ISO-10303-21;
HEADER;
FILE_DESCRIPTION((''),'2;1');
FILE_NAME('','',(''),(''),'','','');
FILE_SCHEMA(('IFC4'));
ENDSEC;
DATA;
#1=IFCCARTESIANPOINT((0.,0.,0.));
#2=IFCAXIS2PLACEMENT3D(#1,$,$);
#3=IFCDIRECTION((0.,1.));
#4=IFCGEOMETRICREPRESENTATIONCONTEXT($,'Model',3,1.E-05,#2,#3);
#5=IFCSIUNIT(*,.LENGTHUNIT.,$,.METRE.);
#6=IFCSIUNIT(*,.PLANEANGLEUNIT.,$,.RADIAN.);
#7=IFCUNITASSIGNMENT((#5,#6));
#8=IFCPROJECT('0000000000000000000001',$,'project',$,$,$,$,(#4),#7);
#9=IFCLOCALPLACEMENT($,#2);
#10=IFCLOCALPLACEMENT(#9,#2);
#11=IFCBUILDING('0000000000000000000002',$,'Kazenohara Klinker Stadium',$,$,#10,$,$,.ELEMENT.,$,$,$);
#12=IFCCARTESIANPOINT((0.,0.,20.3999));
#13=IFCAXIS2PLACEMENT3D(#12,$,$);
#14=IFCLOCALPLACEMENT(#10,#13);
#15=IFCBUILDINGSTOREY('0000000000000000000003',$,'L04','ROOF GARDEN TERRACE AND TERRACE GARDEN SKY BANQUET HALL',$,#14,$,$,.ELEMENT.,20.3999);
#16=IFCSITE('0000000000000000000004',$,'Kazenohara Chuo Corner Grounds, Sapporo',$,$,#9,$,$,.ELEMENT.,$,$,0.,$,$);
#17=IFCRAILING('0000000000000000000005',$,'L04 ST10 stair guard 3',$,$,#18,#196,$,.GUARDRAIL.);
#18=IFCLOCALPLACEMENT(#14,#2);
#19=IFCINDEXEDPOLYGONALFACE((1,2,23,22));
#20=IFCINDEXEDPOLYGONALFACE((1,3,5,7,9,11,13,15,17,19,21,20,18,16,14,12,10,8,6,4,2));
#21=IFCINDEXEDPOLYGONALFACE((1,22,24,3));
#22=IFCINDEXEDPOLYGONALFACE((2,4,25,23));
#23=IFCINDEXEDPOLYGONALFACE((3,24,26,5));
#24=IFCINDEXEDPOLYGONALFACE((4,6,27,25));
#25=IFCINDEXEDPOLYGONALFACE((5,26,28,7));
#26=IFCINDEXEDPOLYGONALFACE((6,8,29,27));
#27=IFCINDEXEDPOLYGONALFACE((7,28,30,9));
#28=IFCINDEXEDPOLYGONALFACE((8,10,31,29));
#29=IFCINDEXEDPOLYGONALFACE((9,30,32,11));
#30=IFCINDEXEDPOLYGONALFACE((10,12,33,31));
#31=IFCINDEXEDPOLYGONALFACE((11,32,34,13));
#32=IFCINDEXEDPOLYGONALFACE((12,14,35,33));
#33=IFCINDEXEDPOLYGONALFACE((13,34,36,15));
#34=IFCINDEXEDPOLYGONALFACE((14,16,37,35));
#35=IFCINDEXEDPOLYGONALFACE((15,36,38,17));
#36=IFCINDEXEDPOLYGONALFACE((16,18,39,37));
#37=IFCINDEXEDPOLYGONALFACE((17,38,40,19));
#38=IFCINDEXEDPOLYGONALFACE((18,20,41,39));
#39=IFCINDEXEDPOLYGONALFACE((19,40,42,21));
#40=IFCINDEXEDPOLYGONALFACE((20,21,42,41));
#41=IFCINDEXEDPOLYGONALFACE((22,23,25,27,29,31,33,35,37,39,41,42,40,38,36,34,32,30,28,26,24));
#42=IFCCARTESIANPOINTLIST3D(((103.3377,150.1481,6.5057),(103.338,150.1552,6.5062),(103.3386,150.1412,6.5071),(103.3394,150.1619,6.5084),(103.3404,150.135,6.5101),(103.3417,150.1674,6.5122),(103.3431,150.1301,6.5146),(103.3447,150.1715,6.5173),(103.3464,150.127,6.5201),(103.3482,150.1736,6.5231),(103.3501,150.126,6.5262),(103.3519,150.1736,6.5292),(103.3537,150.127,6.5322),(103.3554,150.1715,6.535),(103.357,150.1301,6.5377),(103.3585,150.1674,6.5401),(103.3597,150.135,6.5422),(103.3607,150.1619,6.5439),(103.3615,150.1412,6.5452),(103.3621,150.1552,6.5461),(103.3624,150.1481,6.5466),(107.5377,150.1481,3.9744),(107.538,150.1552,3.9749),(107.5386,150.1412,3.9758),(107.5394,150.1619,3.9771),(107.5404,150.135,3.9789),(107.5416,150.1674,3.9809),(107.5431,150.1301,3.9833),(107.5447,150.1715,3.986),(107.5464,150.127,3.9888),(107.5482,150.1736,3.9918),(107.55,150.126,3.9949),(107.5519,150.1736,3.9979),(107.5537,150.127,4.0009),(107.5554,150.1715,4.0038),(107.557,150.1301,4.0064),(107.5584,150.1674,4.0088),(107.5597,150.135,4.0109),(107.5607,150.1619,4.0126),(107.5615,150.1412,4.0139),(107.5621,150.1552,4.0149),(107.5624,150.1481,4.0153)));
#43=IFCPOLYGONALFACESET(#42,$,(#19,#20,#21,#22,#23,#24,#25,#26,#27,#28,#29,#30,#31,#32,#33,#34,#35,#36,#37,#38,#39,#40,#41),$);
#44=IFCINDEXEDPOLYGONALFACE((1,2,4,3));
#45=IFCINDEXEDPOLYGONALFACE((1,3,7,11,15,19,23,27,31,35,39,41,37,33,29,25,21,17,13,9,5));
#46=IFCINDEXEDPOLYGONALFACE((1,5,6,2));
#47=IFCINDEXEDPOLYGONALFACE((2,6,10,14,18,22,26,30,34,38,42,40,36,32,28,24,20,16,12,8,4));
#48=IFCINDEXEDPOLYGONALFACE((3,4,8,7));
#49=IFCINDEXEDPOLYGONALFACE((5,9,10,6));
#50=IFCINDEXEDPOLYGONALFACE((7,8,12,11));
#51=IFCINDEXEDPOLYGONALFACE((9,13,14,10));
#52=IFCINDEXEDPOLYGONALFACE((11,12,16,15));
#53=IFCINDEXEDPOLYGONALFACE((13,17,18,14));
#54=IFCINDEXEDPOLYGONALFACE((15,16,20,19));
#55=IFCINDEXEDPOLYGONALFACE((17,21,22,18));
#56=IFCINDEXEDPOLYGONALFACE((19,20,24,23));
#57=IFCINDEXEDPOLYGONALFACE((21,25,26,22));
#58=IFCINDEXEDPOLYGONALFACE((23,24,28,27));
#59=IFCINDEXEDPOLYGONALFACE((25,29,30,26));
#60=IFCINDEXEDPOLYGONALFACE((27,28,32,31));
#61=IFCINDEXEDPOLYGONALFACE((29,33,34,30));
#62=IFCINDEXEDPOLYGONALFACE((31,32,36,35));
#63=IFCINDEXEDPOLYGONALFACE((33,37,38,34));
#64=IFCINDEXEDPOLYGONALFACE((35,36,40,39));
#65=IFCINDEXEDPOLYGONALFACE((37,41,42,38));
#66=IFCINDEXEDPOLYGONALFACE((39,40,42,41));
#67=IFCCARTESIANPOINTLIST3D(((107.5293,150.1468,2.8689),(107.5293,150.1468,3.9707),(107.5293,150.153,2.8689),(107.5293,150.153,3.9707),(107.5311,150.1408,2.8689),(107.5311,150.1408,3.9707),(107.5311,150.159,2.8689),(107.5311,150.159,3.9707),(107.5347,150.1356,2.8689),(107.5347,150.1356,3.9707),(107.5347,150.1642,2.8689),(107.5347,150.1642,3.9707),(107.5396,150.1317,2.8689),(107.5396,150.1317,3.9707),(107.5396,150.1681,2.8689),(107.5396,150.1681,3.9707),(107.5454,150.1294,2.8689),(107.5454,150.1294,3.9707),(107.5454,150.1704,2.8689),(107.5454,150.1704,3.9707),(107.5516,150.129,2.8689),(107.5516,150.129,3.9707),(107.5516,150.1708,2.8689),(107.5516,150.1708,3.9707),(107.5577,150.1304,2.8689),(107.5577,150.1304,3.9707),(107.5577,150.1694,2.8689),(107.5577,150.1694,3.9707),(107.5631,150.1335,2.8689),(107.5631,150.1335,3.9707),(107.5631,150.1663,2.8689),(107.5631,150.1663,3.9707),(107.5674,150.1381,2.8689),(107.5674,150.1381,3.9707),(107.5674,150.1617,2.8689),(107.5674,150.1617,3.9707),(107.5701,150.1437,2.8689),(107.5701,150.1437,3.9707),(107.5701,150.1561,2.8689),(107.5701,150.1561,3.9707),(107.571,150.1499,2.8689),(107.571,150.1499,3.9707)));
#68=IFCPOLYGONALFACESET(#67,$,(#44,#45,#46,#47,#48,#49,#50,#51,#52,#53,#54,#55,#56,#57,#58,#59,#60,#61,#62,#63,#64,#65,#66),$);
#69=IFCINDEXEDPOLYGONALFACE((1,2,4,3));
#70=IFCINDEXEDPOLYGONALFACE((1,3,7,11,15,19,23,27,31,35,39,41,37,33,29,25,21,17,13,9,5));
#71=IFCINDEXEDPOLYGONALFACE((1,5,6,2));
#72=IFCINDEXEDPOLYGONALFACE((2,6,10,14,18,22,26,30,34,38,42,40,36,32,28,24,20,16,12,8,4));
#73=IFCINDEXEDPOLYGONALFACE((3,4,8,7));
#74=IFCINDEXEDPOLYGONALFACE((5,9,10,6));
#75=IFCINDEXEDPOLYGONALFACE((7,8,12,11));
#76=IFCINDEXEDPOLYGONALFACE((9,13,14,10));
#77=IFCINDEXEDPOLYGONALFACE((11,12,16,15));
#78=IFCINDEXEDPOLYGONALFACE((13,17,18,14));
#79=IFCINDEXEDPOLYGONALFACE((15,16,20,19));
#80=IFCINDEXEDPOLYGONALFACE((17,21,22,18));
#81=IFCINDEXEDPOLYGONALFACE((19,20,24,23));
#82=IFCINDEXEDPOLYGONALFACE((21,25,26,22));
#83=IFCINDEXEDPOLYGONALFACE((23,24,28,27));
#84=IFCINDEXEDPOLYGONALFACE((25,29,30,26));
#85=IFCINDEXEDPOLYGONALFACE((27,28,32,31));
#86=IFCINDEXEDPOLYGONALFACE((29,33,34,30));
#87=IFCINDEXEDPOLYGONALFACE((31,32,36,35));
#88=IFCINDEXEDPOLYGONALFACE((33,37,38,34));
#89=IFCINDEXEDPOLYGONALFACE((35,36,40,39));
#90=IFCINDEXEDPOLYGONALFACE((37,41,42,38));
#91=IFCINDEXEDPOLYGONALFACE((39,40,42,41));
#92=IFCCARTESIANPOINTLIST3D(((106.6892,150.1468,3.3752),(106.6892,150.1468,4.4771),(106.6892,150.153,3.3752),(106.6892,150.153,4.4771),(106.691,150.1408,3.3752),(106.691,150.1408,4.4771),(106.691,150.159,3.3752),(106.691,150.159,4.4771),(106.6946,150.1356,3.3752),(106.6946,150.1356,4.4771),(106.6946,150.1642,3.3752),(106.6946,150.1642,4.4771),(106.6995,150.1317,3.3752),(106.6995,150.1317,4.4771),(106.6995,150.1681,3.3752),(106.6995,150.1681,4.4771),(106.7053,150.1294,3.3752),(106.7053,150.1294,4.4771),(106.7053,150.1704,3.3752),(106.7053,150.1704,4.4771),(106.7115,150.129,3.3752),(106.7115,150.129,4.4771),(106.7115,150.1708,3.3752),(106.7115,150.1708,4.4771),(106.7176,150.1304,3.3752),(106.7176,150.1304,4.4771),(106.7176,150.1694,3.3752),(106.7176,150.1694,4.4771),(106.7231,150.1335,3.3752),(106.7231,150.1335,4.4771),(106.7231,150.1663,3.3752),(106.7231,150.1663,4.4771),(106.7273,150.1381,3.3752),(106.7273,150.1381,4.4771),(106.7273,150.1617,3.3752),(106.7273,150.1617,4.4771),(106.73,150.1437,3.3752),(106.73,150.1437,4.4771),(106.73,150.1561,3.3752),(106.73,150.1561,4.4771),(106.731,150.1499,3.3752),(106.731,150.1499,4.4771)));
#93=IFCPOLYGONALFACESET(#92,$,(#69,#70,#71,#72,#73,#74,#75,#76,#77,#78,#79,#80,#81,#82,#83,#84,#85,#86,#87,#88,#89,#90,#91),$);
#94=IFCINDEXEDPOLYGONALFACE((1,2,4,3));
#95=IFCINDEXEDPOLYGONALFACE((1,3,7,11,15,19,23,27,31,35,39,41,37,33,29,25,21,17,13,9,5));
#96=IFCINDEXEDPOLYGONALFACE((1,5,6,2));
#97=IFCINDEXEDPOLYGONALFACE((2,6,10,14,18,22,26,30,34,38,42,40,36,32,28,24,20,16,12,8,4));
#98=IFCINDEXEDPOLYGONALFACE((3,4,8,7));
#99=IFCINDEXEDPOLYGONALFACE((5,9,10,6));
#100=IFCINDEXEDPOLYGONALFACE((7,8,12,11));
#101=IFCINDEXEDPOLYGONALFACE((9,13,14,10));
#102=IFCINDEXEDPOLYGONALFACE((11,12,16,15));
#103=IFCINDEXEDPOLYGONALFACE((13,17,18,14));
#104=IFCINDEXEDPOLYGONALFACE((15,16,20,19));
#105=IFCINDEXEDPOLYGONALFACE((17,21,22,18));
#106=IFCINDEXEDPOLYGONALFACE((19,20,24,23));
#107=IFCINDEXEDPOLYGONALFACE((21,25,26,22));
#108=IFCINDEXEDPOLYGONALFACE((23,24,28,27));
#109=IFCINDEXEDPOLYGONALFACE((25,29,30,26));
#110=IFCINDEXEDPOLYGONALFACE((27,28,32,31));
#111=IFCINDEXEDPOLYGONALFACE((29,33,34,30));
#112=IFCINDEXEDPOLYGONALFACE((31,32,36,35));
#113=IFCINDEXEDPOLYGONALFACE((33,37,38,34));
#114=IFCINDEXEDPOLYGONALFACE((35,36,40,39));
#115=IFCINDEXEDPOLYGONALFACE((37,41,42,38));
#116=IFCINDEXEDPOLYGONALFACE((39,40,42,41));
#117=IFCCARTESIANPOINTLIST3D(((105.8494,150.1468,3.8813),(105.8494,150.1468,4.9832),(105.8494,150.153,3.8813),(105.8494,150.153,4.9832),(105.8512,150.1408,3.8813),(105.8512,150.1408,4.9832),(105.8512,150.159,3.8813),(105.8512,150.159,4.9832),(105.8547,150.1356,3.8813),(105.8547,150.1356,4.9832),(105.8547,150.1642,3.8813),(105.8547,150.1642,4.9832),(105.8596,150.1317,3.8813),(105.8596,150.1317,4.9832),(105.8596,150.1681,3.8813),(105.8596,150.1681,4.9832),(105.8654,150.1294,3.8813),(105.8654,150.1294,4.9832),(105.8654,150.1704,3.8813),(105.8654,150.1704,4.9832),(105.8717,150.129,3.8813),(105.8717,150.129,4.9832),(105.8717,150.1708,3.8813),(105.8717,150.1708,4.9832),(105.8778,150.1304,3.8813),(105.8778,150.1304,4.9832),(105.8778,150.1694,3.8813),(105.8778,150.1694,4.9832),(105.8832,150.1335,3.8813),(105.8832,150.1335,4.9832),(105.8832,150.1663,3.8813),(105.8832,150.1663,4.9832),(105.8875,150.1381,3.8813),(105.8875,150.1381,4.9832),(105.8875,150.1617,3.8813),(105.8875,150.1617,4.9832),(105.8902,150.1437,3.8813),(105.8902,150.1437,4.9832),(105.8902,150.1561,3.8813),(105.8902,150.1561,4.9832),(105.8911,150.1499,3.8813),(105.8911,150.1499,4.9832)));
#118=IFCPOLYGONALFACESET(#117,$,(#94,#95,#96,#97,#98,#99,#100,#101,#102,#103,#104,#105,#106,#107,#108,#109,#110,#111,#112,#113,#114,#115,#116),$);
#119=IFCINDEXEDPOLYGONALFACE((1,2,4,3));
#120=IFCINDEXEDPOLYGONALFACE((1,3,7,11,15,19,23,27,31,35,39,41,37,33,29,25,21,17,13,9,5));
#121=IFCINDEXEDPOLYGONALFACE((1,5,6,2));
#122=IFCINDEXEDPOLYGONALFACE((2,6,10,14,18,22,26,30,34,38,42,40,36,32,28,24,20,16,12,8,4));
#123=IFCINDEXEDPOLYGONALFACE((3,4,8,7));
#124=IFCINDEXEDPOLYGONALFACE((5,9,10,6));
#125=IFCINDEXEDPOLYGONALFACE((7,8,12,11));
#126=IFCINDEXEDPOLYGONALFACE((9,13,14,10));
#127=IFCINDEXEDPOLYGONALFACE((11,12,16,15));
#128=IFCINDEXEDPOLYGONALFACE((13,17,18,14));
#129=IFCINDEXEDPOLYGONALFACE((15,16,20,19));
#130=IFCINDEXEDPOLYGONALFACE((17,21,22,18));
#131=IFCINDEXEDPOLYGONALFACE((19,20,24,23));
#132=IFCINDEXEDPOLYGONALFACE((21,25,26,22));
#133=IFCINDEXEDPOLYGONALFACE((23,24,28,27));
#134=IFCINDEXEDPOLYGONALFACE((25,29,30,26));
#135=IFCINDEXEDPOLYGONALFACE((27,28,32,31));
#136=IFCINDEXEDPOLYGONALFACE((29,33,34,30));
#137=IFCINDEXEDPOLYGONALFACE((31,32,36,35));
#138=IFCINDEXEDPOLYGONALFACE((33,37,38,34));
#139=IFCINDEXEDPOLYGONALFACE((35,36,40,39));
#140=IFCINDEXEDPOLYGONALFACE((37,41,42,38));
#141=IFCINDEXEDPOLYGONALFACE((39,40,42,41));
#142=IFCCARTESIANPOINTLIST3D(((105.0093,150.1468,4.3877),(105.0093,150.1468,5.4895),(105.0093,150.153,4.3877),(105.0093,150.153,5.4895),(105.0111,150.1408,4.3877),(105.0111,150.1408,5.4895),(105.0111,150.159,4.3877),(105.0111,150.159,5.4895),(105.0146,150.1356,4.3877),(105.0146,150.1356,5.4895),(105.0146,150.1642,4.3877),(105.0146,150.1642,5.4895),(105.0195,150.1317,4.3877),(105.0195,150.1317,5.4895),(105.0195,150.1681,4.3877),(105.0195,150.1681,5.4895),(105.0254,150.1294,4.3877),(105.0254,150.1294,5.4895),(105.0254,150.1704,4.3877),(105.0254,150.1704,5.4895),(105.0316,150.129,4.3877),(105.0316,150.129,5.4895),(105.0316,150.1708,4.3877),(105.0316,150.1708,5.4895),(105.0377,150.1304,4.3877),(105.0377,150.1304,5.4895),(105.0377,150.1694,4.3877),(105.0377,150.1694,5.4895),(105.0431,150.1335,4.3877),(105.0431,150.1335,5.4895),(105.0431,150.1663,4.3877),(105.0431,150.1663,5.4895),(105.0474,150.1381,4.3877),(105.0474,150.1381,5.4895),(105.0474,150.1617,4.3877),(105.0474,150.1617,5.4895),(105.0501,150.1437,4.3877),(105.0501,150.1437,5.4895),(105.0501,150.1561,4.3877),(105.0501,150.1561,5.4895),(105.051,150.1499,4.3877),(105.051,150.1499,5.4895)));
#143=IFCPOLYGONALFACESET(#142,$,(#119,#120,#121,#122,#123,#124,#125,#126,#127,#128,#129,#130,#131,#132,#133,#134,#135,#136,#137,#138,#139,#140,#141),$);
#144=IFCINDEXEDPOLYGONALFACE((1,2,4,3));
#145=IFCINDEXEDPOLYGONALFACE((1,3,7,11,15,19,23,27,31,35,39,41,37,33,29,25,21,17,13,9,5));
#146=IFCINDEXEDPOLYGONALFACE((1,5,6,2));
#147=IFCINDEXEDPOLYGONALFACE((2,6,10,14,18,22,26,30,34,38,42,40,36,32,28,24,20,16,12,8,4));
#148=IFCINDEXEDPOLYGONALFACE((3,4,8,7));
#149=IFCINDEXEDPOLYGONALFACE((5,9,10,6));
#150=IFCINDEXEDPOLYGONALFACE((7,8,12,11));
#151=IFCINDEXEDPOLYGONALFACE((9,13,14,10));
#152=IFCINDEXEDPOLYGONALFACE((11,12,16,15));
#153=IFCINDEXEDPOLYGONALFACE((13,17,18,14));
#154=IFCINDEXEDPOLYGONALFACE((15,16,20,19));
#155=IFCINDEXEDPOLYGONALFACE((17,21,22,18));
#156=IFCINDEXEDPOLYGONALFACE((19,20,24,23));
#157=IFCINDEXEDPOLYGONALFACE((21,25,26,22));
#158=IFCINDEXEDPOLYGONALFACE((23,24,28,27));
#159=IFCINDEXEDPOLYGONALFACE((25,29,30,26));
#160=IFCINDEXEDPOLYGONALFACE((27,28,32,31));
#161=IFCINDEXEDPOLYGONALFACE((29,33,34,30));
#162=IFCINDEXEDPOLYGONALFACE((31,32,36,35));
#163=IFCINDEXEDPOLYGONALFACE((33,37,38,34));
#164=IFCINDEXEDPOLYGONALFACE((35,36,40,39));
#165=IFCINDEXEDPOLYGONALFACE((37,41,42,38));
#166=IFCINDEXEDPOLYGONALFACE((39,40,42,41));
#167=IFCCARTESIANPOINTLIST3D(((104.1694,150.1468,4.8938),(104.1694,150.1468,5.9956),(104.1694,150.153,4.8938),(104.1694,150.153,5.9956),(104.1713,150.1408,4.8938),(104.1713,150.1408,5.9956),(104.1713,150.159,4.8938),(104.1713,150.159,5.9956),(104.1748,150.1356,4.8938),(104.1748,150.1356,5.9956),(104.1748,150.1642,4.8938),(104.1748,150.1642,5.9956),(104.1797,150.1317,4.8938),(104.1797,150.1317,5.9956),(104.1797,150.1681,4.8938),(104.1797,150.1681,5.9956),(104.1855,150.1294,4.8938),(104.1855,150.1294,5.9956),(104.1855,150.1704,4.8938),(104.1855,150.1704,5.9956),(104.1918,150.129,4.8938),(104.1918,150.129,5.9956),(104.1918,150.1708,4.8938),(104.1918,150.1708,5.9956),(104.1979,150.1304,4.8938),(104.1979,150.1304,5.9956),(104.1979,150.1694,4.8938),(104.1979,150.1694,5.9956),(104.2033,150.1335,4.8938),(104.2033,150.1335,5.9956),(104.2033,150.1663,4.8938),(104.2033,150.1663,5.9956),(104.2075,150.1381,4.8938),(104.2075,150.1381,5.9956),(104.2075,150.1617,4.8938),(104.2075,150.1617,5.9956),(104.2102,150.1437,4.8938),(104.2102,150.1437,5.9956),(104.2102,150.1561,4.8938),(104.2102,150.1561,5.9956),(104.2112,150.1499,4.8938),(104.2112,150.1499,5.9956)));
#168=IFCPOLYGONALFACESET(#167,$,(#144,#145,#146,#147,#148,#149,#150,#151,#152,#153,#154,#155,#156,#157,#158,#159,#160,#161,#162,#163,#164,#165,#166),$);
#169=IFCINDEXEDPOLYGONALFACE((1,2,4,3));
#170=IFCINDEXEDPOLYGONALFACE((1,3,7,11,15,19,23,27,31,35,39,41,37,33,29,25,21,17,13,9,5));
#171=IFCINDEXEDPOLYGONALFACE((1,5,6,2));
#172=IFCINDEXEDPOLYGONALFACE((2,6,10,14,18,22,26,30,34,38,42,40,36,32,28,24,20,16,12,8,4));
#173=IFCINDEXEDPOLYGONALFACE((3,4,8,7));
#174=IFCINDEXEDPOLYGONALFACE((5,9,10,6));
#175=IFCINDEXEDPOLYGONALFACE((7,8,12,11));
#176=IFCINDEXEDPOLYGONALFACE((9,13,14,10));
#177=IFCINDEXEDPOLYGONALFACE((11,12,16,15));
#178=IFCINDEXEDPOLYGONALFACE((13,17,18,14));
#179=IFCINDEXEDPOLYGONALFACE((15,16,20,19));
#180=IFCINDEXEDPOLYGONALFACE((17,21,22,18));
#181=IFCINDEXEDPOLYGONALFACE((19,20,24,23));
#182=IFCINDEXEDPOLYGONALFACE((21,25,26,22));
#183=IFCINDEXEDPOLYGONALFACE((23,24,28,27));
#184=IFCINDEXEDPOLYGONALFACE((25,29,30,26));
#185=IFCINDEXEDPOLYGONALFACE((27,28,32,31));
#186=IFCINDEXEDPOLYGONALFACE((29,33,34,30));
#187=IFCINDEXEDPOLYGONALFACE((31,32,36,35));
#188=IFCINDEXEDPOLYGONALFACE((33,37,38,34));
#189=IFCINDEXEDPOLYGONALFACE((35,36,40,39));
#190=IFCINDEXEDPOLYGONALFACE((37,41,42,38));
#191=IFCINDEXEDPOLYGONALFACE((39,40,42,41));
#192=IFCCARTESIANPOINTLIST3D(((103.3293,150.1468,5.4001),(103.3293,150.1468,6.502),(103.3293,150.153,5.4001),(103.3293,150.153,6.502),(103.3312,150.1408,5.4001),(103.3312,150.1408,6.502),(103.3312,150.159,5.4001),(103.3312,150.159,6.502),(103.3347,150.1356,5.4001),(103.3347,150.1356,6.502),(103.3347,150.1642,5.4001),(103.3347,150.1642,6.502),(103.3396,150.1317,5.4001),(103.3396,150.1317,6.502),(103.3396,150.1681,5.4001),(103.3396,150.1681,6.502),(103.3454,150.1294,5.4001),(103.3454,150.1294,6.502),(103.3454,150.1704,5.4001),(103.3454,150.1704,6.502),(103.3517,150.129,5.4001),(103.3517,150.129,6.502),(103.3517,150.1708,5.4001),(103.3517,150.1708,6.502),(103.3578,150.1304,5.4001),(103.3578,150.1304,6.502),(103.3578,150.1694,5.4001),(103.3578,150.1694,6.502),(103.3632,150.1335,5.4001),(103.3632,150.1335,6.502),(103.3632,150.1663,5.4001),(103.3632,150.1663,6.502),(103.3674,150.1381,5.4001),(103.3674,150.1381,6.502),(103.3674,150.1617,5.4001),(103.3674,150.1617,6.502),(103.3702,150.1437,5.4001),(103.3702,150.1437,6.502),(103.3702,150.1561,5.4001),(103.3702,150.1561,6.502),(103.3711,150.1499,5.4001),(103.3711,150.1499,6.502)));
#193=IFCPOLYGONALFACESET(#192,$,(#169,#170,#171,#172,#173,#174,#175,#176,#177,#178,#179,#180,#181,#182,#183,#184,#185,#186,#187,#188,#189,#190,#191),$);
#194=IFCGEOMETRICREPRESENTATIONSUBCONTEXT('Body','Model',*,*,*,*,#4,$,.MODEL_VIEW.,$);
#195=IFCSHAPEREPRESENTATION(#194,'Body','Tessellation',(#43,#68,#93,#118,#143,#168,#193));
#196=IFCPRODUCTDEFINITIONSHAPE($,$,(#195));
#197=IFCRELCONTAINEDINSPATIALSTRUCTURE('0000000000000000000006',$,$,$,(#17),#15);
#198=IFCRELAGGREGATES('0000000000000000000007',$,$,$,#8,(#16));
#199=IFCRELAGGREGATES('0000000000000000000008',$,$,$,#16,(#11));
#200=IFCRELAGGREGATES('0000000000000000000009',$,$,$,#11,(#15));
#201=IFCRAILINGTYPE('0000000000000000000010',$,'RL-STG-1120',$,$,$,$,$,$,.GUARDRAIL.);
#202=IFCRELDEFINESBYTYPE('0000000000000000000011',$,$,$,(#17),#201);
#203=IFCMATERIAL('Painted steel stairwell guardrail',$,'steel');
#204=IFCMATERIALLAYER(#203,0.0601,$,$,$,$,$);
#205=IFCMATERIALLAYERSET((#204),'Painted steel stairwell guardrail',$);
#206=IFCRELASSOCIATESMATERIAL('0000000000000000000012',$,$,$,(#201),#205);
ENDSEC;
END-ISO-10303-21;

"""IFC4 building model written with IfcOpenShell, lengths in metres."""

from ifc_helpers import new_model, si_unit, direction, frame, origin, origin_2d, place, context, subcontext, project, spatial, circle, extrude, material, layer, layer_set, type_object, element, save


model = new_model("IFC4")

# Units and contexts
model_context = context("Model", 3, precision=1e-05, world=origin(), true_north=direction((0.0, 1.0)))
body_context = subcontext(model_context, "Body", "Model", "MODEL_VIEW")
ifc_project = project(units=[si_unit("LENGTHUNIT", "METRE"), si_unit("PLANEANGLEUNIT", "RADIAN")], contexts=[model_context])

# Site, building, storey
site_placement = place(None, origin())
site = spatial("IfcSite", under=ifc_project, at=site_placement, Name="Kazenohara Chuo Corner Grounds, Sapporo", CompositionType="ELEMENT", RefElevation=0.0)
building_placement = place(site_placement, origin())
building = spatial("IfcBuilding", under=site, at=building_placement, Name="Kazenohara Klinker Stadium", CompositionType="ELEMENT")
storey_placement = place(building_placement, frame((0.0, 0.0, 20.3999)))
storey = spatial("IfcBuildingStorey", under=building, at=storey_placement, Name="L04", Description="ROOF GARDEN TERRACE AND TERRACE GARDEN SKY BANQUET HALL", CompositionType="ELEMENT", Elevation=20.3999)

# Railing
ifc_material_1 = material(Name="Painted steel stairwell guardrail", Category="steel")
ifc_layer_1 = layer(ifc_material_1, 0.0601)
ifc_layer_set_1 = layer_set([ifc_layer_1], Name="Painted steel stairwell guardrail")
railing_type_1 = type_object("IfcRailingType", Name="RL-STG-1120", PredefinedType="GUARDRAIL", material=ifc_layer_set_1)
railing_1_placement = place(storey_placement, frame((107.55, 150.1499, 2.8689)))
element("IfcRailing", 1, at=railing_1_placement, inside=storey, type_object=railing_type_1, Name="L04 ST10 stair guard 3", PredefinedType="GUARDRAIL", context=body_context, shape_type="SweptSolid", body=[
    extrude(circle(Radius=0.0239, at=origin_2d()), frame((0.0, 0.0, 1.126), z_axis=(-0.856476, 0.0, 0.516186), x_axis=(0.0, -1.0, 0.0)), (0.0, 0.0, 1.0), 4.9038),
    extrude(circle(Radius=0.021, at=origin_2d()), origin(), (0.0, 0.0, 1.0), 1.1018),
    extrude(circle(Radius=0.021, at=origin_2d()), frame((-0.8401, 0.0, 0.5063)), (0.0, 0.0, 1.0), 1.1018),
    extrude(circle(Radius=0.021, at=origin_2d()), frame((-1.6799, 0.0, 1.0125)), (0.0, 0.0, 1.0), 1.1018),
    extrude(circle(Radius=0.021, at=origin_2d()), frame((-2.52, 0.0, 1.5188)), (0.0, 0.0, 1.0), 1.1018),
    extrude(circle(Radius=0.021, at=origin_2d()), frame((-3.3599, 0.0, 2.0249)), (0.0, 0.0, 1.0), 1.1018),
    extrude(circle(Radius=0.021, at=origin_2d()), frame((-4.2, 0.0, 2.5312)), (0.0, 0.0, 1.0), 1.1018),
])

save(model, "model.ifc")
